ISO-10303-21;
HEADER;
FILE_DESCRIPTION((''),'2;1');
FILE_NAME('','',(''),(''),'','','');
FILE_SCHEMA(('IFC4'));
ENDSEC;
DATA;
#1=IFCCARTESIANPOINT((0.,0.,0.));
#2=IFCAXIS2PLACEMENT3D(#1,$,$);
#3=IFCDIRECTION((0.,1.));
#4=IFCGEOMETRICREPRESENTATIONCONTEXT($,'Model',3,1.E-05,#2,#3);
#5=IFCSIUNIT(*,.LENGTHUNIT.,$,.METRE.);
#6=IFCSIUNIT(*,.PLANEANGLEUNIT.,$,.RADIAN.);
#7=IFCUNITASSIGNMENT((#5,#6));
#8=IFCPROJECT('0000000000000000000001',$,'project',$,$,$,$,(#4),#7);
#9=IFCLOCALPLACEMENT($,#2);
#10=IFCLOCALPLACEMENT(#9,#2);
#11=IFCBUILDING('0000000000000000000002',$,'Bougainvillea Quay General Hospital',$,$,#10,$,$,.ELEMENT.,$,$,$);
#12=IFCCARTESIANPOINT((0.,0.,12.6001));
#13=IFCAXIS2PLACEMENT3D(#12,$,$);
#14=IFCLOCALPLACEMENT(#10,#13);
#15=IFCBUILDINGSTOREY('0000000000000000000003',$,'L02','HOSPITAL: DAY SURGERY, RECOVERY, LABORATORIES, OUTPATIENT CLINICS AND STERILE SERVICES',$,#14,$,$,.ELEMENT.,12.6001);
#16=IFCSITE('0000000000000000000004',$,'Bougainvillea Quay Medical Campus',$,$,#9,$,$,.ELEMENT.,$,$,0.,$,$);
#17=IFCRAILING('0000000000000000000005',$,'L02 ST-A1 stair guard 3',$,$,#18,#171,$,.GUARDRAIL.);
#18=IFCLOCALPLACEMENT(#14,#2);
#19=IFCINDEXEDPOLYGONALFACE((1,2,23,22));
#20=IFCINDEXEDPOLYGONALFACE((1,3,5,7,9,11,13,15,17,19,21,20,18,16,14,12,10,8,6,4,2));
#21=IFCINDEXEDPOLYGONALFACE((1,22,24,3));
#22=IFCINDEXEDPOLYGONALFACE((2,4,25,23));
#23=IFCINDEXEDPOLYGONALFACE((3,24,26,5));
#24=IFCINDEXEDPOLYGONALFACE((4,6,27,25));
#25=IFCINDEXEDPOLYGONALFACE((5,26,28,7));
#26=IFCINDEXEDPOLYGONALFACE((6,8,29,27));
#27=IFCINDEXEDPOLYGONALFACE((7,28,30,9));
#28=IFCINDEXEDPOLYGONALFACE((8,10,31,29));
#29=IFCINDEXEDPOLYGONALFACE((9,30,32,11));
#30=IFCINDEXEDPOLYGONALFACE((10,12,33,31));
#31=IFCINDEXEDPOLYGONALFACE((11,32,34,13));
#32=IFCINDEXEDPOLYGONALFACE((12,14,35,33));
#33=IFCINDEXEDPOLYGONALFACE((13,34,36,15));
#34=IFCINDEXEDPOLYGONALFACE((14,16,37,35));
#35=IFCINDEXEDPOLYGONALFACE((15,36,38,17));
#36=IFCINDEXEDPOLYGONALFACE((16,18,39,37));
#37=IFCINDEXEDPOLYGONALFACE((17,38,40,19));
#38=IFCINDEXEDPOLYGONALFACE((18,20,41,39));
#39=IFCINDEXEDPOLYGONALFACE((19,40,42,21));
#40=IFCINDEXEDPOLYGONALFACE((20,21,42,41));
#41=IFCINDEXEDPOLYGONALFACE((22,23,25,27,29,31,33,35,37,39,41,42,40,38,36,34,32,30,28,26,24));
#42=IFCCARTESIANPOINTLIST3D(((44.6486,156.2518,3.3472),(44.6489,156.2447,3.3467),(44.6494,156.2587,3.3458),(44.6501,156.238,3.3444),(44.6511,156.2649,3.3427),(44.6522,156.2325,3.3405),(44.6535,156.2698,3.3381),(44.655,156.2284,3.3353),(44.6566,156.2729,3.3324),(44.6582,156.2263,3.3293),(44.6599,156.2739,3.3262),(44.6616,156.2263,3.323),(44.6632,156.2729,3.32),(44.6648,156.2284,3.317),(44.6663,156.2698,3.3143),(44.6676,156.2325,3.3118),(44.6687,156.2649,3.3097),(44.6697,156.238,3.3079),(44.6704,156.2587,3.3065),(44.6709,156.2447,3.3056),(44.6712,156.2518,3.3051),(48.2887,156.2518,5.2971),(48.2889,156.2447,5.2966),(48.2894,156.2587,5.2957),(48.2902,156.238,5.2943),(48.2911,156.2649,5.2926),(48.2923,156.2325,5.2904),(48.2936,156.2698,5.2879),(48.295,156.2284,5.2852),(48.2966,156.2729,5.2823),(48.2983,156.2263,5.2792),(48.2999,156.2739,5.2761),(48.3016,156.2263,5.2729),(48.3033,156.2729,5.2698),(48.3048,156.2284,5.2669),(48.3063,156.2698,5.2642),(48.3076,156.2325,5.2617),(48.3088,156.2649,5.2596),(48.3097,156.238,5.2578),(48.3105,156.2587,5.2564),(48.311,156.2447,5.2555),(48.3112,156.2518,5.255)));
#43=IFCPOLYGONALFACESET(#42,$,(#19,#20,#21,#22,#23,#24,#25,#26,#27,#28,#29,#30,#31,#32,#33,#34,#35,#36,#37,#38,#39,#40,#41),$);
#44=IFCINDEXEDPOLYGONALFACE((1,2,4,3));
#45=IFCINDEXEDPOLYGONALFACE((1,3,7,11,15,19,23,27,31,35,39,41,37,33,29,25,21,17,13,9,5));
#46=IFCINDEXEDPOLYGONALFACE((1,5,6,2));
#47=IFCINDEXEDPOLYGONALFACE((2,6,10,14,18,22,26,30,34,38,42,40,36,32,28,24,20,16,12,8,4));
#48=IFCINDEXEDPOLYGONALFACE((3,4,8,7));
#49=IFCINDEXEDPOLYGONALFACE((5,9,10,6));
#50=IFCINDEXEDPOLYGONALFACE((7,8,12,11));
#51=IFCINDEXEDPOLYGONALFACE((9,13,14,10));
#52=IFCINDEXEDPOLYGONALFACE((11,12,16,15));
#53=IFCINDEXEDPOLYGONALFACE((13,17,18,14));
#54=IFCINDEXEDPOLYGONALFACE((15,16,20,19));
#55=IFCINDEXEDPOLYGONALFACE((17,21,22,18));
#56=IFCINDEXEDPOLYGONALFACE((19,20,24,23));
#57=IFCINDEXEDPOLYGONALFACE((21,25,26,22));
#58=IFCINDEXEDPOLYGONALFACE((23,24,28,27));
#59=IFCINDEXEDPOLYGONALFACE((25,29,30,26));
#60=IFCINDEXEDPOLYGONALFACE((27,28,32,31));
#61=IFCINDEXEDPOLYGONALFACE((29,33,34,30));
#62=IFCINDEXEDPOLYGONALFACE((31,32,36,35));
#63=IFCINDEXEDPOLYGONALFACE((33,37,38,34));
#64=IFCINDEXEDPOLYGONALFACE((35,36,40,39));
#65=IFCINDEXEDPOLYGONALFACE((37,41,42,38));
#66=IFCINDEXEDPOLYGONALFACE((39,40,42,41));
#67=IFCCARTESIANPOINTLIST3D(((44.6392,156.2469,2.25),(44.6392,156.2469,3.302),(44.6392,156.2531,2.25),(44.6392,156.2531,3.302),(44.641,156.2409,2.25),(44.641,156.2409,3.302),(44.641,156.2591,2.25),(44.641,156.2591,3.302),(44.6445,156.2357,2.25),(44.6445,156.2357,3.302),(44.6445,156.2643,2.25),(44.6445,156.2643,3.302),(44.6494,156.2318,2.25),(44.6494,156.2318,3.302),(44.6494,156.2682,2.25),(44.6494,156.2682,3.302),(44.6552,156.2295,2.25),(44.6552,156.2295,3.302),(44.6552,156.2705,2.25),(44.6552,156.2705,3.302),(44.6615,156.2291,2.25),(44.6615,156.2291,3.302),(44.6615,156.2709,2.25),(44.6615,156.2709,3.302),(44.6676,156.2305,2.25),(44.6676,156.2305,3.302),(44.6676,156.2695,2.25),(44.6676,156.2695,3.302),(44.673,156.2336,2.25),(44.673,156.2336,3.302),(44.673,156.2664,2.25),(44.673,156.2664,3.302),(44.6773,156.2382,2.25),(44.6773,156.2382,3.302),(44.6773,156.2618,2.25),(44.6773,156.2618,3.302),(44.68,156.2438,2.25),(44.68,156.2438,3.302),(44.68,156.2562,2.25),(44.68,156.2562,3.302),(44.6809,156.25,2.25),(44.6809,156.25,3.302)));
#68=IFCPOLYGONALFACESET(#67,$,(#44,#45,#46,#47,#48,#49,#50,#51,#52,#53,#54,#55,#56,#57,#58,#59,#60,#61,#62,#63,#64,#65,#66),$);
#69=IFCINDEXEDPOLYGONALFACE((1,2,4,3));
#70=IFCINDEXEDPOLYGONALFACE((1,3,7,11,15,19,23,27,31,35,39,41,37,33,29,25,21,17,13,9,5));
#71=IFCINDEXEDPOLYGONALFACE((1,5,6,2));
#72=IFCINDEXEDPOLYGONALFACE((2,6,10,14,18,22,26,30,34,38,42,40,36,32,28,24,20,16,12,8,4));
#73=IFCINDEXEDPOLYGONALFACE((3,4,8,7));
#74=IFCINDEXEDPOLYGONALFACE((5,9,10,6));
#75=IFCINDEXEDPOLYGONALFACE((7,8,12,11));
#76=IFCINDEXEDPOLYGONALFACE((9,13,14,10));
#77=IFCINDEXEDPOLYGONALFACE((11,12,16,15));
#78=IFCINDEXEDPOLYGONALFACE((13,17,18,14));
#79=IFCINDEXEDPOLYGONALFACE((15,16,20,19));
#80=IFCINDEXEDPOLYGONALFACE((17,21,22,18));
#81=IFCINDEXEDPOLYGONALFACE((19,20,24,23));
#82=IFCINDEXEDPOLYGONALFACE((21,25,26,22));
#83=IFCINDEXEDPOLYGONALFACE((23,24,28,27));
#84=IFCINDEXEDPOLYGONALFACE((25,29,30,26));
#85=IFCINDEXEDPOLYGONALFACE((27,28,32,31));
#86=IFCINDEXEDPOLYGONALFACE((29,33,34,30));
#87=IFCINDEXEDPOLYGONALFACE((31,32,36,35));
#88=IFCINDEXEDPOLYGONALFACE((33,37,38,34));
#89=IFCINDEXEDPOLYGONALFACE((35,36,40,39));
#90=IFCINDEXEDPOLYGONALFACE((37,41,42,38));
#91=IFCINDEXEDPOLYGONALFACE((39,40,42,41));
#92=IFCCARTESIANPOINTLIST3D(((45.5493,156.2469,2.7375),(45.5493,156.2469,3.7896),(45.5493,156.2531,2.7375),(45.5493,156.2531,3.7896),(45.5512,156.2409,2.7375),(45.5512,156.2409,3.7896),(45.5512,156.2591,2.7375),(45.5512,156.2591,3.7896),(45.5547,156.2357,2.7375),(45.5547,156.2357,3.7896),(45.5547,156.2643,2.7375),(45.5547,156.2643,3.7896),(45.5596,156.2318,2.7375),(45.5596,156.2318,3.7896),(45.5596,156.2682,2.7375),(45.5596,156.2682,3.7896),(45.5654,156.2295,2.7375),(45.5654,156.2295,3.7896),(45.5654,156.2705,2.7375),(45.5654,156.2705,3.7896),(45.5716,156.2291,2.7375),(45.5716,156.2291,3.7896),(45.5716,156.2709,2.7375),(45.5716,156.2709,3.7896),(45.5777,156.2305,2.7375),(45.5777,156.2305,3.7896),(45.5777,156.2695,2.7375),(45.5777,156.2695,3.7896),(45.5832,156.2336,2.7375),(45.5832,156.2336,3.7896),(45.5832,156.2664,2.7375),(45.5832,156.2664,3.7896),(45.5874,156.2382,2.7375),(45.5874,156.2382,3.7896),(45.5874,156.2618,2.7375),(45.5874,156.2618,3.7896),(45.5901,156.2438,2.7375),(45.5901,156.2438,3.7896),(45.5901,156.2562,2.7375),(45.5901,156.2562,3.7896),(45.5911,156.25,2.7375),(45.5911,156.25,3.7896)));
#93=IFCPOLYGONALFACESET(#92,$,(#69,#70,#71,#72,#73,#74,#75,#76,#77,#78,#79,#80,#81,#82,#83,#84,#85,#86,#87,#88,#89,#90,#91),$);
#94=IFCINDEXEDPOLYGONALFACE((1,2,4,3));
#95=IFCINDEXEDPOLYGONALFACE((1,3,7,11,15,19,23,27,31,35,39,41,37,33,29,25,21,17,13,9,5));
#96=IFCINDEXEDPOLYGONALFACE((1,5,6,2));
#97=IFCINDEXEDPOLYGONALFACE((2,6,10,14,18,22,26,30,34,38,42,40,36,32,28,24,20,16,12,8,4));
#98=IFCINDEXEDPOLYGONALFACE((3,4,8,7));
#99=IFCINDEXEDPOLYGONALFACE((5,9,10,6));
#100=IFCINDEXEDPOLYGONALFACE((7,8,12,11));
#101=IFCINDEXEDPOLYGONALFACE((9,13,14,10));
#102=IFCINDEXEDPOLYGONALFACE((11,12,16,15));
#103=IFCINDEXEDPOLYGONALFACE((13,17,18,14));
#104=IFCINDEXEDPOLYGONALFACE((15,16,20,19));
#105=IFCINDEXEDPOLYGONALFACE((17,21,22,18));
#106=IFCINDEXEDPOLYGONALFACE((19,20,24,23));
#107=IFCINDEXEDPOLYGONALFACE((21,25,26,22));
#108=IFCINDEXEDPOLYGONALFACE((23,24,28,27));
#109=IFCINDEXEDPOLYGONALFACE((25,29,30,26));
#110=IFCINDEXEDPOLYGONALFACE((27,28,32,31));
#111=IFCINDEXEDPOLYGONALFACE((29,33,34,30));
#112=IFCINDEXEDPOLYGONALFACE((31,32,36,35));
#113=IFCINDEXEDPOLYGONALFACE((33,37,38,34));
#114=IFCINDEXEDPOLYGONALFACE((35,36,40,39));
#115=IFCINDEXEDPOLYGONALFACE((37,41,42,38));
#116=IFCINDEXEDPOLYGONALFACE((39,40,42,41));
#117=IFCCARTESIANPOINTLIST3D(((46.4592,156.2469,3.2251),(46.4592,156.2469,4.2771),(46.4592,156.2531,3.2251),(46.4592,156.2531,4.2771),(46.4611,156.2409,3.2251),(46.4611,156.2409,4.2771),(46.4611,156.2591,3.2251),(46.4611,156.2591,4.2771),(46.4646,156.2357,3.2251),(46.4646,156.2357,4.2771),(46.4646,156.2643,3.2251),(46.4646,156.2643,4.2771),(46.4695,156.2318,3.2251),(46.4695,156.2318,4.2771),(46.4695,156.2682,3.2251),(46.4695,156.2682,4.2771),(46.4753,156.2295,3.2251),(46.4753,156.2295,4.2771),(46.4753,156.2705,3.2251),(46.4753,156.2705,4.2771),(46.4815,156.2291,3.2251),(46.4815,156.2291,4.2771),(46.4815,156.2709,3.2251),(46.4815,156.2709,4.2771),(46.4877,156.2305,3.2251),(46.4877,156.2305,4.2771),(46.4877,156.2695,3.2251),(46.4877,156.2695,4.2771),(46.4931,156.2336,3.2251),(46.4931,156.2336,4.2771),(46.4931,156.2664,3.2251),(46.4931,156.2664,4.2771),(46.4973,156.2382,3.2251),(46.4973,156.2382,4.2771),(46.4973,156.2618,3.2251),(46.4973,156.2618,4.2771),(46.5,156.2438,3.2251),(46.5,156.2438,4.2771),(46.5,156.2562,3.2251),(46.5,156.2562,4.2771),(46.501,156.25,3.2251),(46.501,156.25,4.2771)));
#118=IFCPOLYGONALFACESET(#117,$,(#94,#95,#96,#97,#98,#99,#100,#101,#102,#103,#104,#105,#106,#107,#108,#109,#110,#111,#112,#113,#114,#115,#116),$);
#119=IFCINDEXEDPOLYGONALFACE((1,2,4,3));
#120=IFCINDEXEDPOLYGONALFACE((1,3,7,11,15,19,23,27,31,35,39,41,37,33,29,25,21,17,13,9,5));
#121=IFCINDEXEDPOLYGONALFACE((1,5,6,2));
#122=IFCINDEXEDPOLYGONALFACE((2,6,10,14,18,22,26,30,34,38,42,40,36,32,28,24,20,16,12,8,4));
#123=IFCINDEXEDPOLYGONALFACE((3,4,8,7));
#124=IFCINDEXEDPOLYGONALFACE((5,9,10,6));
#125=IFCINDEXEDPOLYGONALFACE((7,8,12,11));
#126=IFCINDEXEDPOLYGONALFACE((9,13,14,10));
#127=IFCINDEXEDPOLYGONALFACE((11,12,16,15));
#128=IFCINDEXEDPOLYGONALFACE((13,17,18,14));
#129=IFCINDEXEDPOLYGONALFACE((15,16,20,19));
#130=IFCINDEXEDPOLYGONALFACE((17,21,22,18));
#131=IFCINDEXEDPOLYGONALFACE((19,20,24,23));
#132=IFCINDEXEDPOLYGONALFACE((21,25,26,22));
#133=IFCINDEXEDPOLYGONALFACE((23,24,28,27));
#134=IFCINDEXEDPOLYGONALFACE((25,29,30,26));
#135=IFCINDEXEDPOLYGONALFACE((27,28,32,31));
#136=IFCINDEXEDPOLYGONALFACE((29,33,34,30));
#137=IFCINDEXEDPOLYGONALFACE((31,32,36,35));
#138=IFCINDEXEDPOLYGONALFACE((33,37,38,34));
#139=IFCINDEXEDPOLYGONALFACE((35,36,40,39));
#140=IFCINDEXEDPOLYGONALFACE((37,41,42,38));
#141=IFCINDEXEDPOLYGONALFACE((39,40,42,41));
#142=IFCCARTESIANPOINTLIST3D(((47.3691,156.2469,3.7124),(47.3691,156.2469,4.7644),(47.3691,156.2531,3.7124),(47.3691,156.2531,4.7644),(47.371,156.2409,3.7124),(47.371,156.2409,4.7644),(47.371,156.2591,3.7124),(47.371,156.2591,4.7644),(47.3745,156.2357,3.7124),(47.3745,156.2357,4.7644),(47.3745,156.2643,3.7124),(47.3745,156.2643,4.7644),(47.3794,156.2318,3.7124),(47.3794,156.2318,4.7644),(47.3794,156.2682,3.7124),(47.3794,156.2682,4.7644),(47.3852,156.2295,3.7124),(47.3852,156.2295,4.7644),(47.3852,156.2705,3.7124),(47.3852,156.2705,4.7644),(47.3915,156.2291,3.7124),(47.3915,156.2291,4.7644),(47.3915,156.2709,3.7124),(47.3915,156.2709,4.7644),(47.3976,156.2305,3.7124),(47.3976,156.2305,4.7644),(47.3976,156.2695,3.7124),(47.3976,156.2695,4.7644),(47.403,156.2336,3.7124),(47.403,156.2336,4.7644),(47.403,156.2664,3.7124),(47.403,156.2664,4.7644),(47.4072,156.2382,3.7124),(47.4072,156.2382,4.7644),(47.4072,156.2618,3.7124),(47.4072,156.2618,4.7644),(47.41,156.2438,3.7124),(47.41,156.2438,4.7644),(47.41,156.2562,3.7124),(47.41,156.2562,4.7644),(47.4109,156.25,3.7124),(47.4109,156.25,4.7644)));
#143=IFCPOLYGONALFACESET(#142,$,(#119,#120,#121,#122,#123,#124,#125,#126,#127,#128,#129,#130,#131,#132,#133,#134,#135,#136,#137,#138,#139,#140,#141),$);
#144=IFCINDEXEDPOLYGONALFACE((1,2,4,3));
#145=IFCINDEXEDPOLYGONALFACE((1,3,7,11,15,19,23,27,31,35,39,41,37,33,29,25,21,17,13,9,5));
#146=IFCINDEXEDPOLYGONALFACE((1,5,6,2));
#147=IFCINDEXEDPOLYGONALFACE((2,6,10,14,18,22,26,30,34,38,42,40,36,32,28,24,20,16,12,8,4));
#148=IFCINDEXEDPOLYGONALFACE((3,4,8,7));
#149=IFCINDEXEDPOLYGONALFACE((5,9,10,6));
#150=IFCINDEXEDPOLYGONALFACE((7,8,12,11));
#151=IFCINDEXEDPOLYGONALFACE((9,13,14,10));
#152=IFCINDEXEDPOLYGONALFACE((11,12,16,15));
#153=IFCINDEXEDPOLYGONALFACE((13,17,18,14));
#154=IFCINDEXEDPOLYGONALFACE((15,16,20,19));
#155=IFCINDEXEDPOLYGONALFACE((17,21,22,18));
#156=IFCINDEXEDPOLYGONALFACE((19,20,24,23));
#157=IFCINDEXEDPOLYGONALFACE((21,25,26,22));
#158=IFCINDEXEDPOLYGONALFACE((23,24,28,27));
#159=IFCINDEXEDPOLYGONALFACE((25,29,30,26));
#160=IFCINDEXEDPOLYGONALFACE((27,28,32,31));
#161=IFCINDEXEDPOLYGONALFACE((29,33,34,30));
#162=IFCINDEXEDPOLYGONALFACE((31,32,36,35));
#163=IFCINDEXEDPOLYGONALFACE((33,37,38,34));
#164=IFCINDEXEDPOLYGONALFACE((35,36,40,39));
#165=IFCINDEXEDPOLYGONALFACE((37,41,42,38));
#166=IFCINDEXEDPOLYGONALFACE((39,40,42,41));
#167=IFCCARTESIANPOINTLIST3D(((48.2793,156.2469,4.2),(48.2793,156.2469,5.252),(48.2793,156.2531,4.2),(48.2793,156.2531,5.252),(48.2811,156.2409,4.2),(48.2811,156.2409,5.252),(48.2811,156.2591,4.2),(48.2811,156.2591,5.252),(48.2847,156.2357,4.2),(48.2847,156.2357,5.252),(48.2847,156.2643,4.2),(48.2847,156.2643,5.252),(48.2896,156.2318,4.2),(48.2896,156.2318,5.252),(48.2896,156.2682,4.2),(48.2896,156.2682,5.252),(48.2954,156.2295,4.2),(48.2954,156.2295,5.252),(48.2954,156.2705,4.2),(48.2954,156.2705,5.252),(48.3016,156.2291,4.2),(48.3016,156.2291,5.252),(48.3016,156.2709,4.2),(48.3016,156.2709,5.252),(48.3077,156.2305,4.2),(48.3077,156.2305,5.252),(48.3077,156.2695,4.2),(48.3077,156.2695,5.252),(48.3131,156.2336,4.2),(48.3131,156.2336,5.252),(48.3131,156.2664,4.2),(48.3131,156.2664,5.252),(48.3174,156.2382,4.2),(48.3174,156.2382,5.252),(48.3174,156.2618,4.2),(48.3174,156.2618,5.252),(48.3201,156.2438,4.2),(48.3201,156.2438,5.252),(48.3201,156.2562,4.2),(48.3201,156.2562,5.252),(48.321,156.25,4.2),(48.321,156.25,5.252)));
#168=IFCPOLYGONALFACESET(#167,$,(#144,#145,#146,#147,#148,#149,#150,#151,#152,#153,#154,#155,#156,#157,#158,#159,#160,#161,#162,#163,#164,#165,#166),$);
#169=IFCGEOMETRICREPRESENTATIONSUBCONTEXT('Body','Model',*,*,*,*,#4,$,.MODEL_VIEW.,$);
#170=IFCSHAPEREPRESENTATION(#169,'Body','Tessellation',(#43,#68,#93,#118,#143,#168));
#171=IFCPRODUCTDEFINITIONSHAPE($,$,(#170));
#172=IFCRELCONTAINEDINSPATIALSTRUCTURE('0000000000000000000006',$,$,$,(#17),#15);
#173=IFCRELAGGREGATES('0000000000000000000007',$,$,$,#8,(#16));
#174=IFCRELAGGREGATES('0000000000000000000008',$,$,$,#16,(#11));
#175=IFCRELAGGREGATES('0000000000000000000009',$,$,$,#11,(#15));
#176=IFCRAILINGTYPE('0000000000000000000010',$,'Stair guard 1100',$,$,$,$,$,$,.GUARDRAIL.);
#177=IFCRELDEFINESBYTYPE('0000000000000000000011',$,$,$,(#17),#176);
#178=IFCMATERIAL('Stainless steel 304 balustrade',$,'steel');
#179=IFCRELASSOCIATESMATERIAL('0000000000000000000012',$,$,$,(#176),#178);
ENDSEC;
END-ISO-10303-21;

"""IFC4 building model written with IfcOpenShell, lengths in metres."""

from ifc_helpers import new_model, si_unit, direction, frame, origin, origin_2d, place, context, subcontext, project, spatial, circle, extrude, material, type_object, element, save


model = new_model("IFC4")

# Units and contexts
model_context = context("Model", 3, precision=1e-05, world=origin(), true_north=direction((0.0, 1.0)))
body_context = subcontext(model_context, "Body", "Model", "MODEL_VIEW")
ifc_project = project(units=[si_unit("LENGTHUNIT", "METRE"), si_unit("PLANEANGLEUNIT", "RADIAN")], contexts=[model_context])

# Site, building, storey
site_placement = place(None, origin())
site = spatial("IfcSite", under=ifc_project, at=site_placement, Name="Bougainvillea Quay Medical Campus", CompositionType="ELEMENT", RefElevation=0.0)
building_placement = place(site_placement, origin())
building = spatial("IfcBuilding", under=site, at=building_placement, Name="Bougainvillea Quay General Hospital", CompositionType="ELEMENT")
storey_placement = place(building_placement, frame((0.0, 0.0, 12.6001)))
storey = spatial("IfcBuildingStorey", under=building, at=storey_placement, Name="L02", Description="HOSPITAL: DAY SURGERY, RECOVERY, LABORATORIES, OUTPATIENT CLINICS AND STERILE SERVICES", CompositionType="ELEMENT", Elevation=12.6001)

# Railing
ifc_material_1 = material(Name="Stainless steel 304 balustrade", Category="steel")
railing_type_1 = type_object("IfcRailingType", Name="Stair guard 1100", PredefinedType="GUARDRAIL", material=ifc_material_1)
railing_1_placement = place(storey_placement, frame((44.6599, 156.25, 2.25)))
element("IfcRailing", 1, at=railing_1_placement, inside=storey, type_object=railing_type_1, Name="L02 ST-A1 stair guard 3", PredefinedType="GUARDRAIL", context=body_context, shape_type="SweptSolid", body=[
    extrude(circle(Radius=0.0239, at=origin_2d()), frame((0.0, 0.0, 1.0762), z_axis=(0.881492, 0.0, 0.472198), x_axis=(0.0, 1.0, 0.0)), (0.0, 0.0, 1.0), 4.1294),
    extrude(circle(Radius=0.021, at=origin_2d()), origin(), (0.0, 0.0, 1.0), 1.052),
    extrude(circle(Radius=0.021, at=origin_2d()), frame((0.9102, 0.0, 0.4875)), (0.0, 0.0, 1.0), 1.052),
    extrude(circle(Radius=0.021, at=origin_2d()), frame((1.8201, 0.0, 0.9751)), (0.0, 0.0, 1.0), 1.052),
    extrude(circle(Radius=0.021, at=origin_2d()), frame((2.73, 0.0, 1.4624)), (0.0, 0.0, 1.0), 1.052),
    extrude(circle(Radius=0.021, at=origin_2d()), frame((3.6401, 0.0, 1.95)), (0.0, 0.0, 1.0), 1.052),
])

save(model, "model.ifc")
